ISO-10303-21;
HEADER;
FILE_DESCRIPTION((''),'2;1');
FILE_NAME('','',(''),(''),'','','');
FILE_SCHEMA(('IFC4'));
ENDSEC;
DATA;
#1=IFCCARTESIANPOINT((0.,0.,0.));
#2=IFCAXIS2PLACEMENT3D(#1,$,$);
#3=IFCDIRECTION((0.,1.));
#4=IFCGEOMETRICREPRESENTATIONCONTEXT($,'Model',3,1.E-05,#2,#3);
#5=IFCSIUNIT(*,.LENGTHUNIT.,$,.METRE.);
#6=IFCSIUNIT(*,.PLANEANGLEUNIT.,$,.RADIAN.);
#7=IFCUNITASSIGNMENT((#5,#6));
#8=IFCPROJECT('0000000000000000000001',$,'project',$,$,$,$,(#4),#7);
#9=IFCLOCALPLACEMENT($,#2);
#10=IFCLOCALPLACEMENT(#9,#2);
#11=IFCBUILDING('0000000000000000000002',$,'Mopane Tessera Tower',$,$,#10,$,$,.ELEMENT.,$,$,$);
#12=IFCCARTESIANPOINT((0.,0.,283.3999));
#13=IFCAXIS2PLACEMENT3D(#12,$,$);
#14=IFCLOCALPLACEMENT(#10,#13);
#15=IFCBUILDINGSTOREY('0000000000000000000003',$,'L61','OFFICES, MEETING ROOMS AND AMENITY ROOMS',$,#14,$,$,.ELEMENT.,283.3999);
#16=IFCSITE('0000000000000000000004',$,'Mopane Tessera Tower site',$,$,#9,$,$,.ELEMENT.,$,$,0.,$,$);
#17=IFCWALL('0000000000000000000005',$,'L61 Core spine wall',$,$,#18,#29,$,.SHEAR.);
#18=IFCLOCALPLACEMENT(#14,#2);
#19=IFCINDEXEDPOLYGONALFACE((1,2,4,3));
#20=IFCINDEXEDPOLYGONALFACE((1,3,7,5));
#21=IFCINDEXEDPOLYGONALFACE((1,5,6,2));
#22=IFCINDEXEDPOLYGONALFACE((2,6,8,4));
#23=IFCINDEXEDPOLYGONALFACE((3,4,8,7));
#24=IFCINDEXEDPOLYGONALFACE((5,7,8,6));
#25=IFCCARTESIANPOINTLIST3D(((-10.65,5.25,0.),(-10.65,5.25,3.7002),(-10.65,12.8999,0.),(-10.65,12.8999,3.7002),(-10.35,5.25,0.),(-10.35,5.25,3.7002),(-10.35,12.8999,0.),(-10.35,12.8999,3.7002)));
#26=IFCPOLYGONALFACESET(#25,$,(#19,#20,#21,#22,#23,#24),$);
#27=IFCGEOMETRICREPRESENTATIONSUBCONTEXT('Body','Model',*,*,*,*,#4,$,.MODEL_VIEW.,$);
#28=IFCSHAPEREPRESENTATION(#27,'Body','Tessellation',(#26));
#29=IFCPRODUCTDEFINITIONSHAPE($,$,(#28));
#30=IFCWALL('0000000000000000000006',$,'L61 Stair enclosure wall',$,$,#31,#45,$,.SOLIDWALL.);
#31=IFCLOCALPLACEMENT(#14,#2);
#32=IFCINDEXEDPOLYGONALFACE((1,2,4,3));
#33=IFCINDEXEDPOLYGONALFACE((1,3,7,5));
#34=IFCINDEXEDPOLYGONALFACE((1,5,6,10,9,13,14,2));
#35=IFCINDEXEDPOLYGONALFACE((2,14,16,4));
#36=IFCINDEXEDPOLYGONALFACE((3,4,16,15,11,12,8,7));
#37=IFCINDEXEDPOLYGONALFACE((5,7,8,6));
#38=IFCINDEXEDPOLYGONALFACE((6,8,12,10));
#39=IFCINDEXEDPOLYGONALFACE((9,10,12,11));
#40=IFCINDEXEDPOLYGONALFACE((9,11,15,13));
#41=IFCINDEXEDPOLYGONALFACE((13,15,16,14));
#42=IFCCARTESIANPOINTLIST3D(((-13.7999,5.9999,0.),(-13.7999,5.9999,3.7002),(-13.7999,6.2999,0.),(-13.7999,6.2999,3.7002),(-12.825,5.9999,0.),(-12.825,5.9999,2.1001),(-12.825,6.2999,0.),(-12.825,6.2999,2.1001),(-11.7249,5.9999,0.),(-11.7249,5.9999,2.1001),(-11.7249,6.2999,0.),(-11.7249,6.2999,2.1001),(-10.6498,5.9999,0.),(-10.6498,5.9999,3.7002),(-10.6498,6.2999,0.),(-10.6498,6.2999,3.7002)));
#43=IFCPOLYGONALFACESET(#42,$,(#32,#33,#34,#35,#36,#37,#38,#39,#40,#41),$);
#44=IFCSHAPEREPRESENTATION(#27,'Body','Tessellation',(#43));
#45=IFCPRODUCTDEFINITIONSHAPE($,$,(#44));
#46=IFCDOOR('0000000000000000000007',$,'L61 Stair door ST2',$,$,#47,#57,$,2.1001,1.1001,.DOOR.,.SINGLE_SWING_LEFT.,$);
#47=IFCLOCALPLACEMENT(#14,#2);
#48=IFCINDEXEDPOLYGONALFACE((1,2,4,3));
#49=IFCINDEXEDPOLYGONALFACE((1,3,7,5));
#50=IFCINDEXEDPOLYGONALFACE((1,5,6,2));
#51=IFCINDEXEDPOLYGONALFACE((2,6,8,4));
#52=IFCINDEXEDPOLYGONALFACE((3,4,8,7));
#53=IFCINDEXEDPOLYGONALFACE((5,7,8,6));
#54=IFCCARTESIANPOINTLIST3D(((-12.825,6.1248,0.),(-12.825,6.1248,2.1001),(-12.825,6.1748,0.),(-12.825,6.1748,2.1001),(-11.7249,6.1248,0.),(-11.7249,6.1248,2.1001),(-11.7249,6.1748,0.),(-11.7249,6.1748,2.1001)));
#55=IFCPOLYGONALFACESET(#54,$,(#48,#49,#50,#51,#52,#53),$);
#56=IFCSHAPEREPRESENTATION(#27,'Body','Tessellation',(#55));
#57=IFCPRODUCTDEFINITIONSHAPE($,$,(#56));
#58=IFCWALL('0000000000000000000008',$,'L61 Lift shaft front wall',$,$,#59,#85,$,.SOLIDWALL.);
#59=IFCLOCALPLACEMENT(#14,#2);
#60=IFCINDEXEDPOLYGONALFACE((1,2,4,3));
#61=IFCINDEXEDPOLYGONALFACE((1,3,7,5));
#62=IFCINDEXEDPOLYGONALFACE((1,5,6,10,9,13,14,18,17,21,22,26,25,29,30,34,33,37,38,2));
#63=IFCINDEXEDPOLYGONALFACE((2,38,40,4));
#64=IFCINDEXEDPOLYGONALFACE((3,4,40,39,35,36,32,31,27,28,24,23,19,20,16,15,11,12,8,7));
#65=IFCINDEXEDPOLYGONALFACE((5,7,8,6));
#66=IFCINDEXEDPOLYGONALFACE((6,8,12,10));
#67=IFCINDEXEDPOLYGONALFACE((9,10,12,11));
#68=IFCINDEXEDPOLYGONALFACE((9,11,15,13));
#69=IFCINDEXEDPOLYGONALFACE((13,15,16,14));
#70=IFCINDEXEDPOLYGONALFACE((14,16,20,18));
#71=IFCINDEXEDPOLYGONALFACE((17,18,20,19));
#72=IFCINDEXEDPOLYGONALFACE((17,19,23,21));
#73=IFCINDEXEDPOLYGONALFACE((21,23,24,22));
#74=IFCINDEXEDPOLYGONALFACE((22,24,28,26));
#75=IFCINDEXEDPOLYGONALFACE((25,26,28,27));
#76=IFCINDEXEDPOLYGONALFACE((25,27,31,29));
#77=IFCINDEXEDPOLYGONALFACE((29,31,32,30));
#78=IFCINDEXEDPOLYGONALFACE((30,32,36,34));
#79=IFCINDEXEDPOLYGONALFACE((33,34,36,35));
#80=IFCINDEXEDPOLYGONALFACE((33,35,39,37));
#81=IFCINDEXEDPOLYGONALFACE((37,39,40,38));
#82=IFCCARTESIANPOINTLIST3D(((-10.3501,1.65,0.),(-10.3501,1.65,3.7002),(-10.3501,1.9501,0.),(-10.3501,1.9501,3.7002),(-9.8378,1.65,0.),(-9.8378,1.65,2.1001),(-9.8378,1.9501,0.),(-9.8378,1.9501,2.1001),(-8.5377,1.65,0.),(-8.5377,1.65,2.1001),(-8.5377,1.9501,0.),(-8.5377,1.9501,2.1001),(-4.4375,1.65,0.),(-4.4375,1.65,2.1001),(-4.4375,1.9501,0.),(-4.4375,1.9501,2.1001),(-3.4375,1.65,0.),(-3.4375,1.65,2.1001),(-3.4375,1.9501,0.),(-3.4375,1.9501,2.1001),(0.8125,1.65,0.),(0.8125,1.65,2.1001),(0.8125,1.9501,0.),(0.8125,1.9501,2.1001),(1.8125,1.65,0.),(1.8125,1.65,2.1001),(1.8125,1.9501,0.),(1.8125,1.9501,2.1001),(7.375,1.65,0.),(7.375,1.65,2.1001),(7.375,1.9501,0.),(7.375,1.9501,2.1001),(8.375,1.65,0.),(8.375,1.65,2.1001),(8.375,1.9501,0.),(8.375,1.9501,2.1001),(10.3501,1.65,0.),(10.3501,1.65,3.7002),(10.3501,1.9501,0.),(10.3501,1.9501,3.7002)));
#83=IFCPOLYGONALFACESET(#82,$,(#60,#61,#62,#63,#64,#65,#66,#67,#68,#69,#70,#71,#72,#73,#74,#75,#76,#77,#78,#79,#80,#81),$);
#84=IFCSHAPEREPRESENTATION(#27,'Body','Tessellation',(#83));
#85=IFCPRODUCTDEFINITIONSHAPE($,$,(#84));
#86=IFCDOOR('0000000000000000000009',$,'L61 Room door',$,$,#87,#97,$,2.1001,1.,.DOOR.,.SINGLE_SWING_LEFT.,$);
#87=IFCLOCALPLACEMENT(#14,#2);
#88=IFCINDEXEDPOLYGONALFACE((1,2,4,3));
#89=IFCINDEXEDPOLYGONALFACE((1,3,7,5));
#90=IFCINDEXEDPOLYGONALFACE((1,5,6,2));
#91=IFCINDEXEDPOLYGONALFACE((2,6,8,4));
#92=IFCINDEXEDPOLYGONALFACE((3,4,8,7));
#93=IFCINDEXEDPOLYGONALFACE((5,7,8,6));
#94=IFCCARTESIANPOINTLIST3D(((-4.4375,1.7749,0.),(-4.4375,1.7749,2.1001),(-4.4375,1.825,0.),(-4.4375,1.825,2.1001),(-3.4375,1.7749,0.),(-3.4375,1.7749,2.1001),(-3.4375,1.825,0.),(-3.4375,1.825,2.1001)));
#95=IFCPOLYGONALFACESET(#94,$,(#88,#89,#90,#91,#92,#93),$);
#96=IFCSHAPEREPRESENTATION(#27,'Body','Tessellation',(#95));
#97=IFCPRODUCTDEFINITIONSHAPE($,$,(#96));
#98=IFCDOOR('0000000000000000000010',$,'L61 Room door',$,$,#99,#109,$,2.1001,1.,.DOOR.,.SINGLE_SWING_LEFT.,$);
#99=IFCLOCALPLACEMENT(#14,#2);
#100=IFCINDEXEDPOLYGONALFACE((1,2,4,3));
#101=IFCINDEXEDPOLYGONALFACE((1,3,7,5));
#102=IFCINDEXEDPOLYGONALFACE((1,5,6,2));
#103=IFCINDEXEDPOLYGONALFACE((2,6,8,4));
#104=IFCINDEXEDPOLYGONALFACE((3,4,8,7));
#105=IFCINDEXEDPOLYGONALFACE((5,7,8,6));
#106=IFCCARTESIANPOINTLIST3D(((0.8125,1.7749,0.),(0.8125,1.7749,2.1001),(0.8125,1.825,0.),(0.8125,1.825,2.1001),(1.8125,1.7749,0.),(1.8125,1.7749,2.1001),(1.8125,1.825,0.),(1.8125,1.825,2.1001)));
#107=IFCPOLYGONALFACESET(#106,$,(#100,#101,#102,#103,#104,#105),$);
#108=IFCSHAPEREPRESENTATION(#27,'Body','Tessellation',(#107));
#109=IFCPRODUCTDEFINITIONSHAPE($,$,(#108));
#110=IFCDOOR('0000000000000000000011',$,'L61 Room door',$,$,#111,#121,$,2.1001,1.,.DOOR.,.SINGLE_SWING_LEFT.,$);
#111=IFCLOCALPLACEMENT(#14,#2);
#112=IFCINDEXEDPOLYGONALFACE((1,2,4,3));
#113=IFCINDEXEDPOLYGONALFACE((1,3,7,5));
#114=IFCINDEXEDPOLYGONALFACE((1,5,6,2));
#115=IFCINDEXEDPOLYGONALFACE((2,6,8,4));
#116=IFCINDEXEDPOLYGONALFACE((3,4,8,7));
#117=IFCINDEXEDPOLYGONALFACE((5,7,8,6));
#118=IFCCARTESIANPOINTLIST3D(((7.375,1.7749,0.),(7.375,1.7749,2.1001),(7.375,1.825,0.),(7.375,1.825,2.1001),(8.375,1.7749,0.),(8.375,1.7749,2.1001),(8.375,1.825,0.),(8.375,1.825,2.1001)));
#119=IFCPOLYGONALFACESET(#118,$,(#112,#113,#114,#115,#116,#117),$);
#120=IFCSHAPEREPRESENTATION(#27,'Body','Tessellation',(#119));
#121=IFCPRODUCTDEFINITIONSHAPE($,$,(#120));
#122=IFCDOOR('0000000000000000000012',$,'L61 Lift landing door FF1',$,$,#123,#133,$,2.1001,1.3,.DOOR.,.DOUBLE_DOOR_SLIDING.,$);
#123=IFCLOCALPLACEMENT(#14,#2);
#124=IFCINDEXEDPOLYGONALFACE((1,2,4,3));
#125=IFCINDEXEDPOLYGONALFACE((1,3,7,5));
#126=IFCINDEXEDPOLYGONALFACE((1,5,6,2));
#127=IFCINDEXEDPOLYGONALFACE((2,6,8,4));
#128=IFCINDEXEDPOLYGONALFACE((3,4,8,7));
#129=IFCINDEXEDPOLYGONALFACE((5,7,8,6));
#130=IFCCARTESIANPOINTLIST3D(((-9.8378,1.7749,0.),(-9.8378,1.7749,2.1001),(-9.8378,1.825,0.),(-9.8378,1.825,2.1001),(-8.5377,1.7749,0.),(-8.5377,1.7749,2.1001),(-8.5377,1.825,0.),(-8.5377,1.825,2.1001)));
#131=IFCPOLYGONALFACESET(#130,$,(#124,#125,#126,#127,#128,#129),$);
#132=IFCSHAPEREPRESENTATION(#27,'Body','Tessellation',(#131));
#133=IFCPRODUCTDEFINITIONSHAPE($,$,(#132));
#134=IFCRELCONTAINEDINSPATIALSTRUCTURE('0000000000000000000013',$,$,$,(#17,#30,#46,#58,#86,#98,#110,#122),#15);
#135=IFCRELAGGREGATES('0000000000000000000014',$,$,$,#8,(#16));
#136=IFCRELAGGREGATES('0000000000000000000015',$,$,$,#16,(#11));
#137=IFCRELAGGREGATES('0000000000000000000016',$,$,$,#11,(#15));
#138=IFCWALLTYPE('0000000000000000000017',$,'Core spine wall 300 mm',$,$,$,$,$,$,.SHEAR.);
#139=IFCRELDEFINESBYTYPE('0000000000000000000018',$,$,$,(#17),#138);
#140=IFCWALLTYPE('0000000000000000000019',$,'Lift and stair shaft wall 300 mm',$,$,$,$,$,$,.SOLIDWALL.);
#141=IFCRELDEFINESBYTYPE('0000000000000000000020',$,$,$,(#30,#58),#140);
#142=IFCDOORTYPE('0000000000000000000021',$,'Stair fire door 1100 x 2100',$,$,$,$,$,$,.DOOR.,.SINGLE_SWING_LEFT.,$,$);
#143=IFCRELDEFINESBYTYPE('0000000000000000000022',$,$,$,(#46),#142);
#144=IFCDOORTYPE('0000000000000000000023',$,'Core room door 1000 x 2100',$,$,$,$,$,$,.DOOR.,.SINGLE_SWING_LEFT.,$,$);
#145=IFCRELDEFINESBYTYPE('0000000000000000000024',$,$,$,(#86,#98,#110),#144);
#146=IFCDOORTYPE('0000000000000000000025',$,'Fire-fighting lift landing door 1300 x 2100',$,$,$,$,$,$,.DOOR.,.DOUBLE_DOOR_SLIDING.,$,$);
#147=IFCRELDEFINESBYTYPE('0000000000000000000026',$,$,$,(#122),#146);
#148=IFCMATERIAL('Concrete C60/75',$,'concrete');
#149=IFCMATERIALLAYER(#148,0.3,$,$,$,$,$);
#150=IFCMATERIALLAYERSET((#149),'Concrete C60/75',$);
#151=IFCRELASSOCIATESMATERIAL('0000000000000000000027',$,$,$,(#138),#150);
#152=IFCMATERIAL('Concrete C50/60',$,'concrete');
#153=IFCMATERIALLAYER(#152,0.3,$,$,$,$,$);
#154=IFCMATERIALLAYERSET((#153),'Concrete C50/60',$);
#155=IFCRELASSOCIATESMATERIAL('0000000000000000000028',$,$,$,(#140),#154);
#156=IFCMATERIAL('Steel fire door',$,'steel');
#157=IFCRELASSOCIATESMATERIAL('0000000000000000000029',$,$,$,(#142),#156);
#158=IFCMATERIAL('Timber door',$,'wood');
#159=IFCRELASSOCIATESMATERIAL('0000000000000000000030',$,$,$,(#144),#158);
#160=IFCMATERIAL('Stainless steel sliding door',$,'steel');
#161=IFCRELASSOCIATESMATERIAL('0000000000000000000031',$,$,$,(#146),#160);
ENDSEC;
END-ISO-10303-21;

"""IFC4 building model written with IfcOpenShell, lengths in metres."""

from ifc_helpers import new_model, si_unit, direction, frame, frame_2d, origin, place, context, subcontext, project, spatial, rectangle, extrude, material, layer, layer_set, type_object, element, fill, save


model = new_model("IFC4")

# Units and contexts
model_context = context("Model", 3, precision=1e-05, world=origin(), true_north=direction((0.0, 1.0)))
body_context = subcontext(model_context, "Body", "Model", "MODEL_VIEW")
ifc_project = project(units=[si_unit("LENGTHUNIT", "METRE"), si_unit("PLANEANGLEUNIT", "RADIAN")], contexts=[model_context])

# Site, building, storey
site_placement = place(None, origin())
site = spatial("IfcSite", under=ifc_project, at=site_placement, Name="Mopane Tessera Tower site", CompositionType="ELEMENT", RefElevation=0.0)
building_placement = place(site_placement, origin())
building = spatial("IfcBuilding", under=site, at=building_placement, Name="Mopane Tessera Tower", CompositionType="ELEMENT")
storey_placement = place(building_placement, frame((0.0, 0.0, 283.3999)))
storey = spatial("IfcBuildingStorey", under=building, at=storey_placement, Name="L61", Description="OFFICES, MEETING ROOMS AND AMENITY ROOMS", CompositionType="ELEMENT", Elevation=283.3999)

# Wall
ifc_material_1 = material(Name="Concrete C60/75", Category="concrete")
ifc_layer_1 = layer(ifc_material_1, 0.3)
ifc_layer_set_1 = layer_set([ifc_layer_1], Name="Concrete C60/75")
wall_type_1 = type_object("IfcWallType", Name="Core spine wall 300 mm", PredefinedType="SHEAR", material=ifc_layer_set_1)
wall_1_placement = place(storey_placement, frame((-10.5, 5.25, 0.0), z_axis=(0.0, 0.0, 1.0), x_axis=(0.0, 1.0, 0.0)))
element("IfcWall", 1, at=wall_1_placement, inside=storey, type_object=wall_type_1, Name="L61 Core spine wall", PredefinedType="SHEAR", context=body_context, shape_type="SweptSolid", body=[
    extrude(rectangle(XDim=7.6499, YDim=0.3, at=frame_2d((3.825, 0.0))), origin(), (0.0, 0.0, 1.0), 3.7002),
])

# Wall, opening, door
ifc_material_2 = material(Name="Concrete C50/60", Category="concrete")
ifc_layer_2 = layer(ifc_material_2, 0.3)
ifc_layer_set_2 = layer_set([ifc_layer_2], Name="Concrete C50/60")
wall_type_2 = type_object("IfcWallType", Name="Lift and stair shaft wall 300 mm", PredefinedType="SOLIDWALL", material=ifc_layer_set_2)
wall_2_placement = place(storey_placement, frame((-13.8, 6.1499, 0.0), z_axis=(0.0, 0.0, 1.0), x_axis=(1.0, 0.0, 0.0)))
wall_2 = element("IfcWall", 2, at=wall_2_placement, inside=storey, type_object=wall_type_2, Name="L61 Stair enclosure wall", PredefinedType="SOLIDWALL", context=body_context, shape_type="SweptSolid", body=[
    extrude(rectangle(XDim=3.1501, YDim=0.3, at=frame_2d((1.5752, 0.0))), origin(), (0.0, 0.0, 1.0), 3.7002),
])
opening_1_placement = place(wall_2_placement, frame((0.9751, 0.0, 0.0)))
opening_1 = element("IfcOpeningElement", 3, at=opening_1_placement, cuts=wall_2, PredefinedType="OPENING", context=body_context, shape_type="SweptSolid", body=[
    extrude(rectangle(XDim=1.1001, YDim=2.1001, at=frame_2d((0.55, 1.05))), frame((0.0, 0.1621, 0.0), z_axis=(0.0, -1.0, 0.0), x_axis=(1.0, 0.0, 0.0)), (0.0, 0.0, 1.0), 0.324),
])
ifc_material_3 = material(Name="Steel fire door", Category="steel")
door_type_1 = type_object("IfcDoorType", Name="Stair fire door 1100 x 2100", OperationType="SINGLE_SWING_LEFT", PredefinedType="DOOR", material=ifc_material_3)
door_1_placement = place(opening_1_placement, origin())
door_1 = element("IfcDoor", 4, at=door_1_placement, inside=storey, type_object=door_type_1, Name="L61 Stair door ST2", OperationType="SINGLE_SWING_LEFT", OverallHeight=2.1001, OverallWidth=1.1001, PredefinedType="DOOR", context=body_context, shape_type="SweptSolid", body=[
    extrude(rectangle(XDim=1.1001, YDim=2.1001, at=frame_2d((0.55, 1.05))), frame((0.0, 0.0249, 0.0), z_axis=(0.0, -1.0, 0.0), x_axis=(1.0, 0.0, 0.0)), (0.0, 0.0, 1.0), 0.05),
])
fill(opening_1, door_1)

# Wall, openings, doors
wall_3_placement = place(storey_placement, frame((-10.3501, 1.8, 0.0), z_axis=(0.0, 0.0, 1.0), x_axis=(1.0, 0.0, 0.0)))
wall_3 = element("IfcWall", 5, at=wall_3_placement, inside=storey, type_object=wall_type_2, Name="L61 Lift shaft front wall", PredefinedType="SOLIDWALL", context=body_context, shape_type="SweptSolid", body=[
    extrude(rectangle(XDim=20.7002, YDim=0.3, at=frame_2d((10.3501, 0.0))), origin(), (0.0, 0.0, 1.0), 3.7002),
])
opening_2_placement = place(wall_3_placement, frame((0.5125, 0.0, 0.0)))
opening_2 = element("IfcOpeningElement", 6, at=opening_2_placement, cuts=wall_3, PredefinedType="OPENING", context=body_context, shape_type="SweptSolid", body=[
    extrude(rectangle(XDim=1.3, YDim=2.1001, at=frame_2d((0.6499, 1.05))), frame((0.0, 0.1621, 0.0), z_axis=(0.0, -1.0, 0.0), x_axis=(1.0, 0.0, 0.0)), (0.0, 0.0, 1.0), 0.324),
])
opening_3_placement = place(wall_3_placement, frame((5.9126, 0.0, 0.0)))
opening_3 = element("IfcOpeningElement", 7, at=opening_3_placement, cuts=wall_3, PredefinedType="OPENING", context=body_context, shape_type="SweptSolid", body=[
    extrude(rectangle(XDim=1.0, YDim=2.1001, at=frame_2d((0.5, 1.05))), frame((0.0, 0.1621, 0.0), z_axis=(0.0, -1.0, 0.0), x_axis=(1.0, 0.0, 0.0)), (0.0, 0.0, 1.0), 0.324),
])
opening_4_placement = place(wall_3_placement, frame((11.1626, 0.0, 0.0)))
opening_4 = element("IfcOpeningElement", 8, at=opening_4_placement, cuts=wall_3, PredefinedType="OPENING", context=body_context, shape_type="SweptSolid", body=[
    extrude(rectangle(XDim=1.0, YDim=2.1001, at=frame_2d((0.5, 1.05))), frame((0.0, 0.1621, 0.0), z_axis=(0.0, -1.0, 0.0), x_axis=(1.0, 0.0, 0.0)), (0.0, 0.0, 1.0), 0.324),
])
opening_5_placement = place(wall_3_placement, frame((17.7251, 0.0, 0.0)))
opening_5 = element("IfcOpeningElement", 9, at=opening_5_placement, cuts=wall_3, PredefinedType="OPENING", context=body_context, shape_type="SweptSolid", body=[
    extrude(rectangle(XDim=1.0, YDim=2.1001, at=frame_2d((0.5, 1.05))), frame((0.0, 0.1621, 0.0), z_axis=(0.0, -1.0, 0.0), x_axis=(1.0, 0.0, 0.0)), (0.0, 0.0, 1.0), 0.324),
])
ifc_material_4 = material(Name="Timber door", Category="wood")
door_type_2 = type_object("IfcDoorType", Name="Core room door 1000 x 2100", OperationType="SINGLE_SWING_LEFT", PredefinedType="DOOR", material=ifc_material_4)
door_2_placement = place(opening_3_placement, origin())
door_2 = element("IfcDoor", 10, at=door_2_placement, inside=storey, type_object=door_type_2, Name="L61 Room door", OperationType="SINGLE_SWING_LEFT", OverallHeight=2.1001, OverallWidth=1.0, PredefinedType="DOOR", context=body_context, shape_type="SweptSolid", body=[
    extrude(rectangle(XDim=1.0, YDim=2.1001, at=frame_2d((0.5, 1.05))), frame((0.0, 0.0249, 0.0), z_axis=(0.0, -1.0, 0.0), x_axis=(1.0, 0.0, 0.0)), (0.0, 0.0, 1.0), 0.05),
])
fill(opening_3, door_2)
door_3_placement = place(opening_4_placement, origin())
door_3 = element("IfcDoor", 11, at=door_3_placement, inside=storey, type_object=door_type_2, Name="L61 Room door", OperationType="SINGLE_SWING_LEFT", OverallHeight=2.1001, OverallWidth=1.0, PredefinedType="DOOR", context=body_context, shape_type="SweptSolid", body=[
    extrude(rectangle(XDim=1.0, YDim=2.1001, at=frame_2d((0.5, 1.05))), frame((0.0, 0.0249, 0.0), z_axis=(0.0, -1.0, 0.0), x_axis=(1.0, 0.0, 0.0)), (0.0, 0.0, 1.0), 0.05),
])
fill(opening_4, door_3)
door_4_placement = place(opening_5_placement, origin())
door_4 = element("IfcDoor", 12, at=door_4_placement, inside=storey, type_object=door_type_2, Name="L61 Room door", OperationType="SINGLE_SWING_LEFT", OverallHeight=2.1001, OverallWidth=1.0, PredefinedType="DOOR", context=body_context, shape_type="SweptSolid", body=[
    extrude(rectangle(XDim=1.0, YDim=2.1001, at=frame_2d((0.5, 1.05))), frame((0.0, 0.0249, 0.0), z_axis=(0.0, -1.0, 0.0), x_axis=(1.0, 0.0, 0.0)), (0.0, 0.0, 1.0), 0.05),
])
fill(opening_5, door_4)
ifc_material_5 = material(Name="Stainless steel sliding door", Category="steel")
door_type_3 = type_object("IfcDoorType", Name="Fire-fighting lift landing door 1300 x 2100", OperationType="DOUBLE_DOOR_SLIDING", PredefinedType="DOOR", material=ifc_material_5)
door_5_placement = place(opening_2_placement, origin())
door_5 = element("IfcDoor", 13, at=door_5_placement, inside=storey, type_object=door_type_3, Name="L61 Lift landing door FF1", OperationType="DOUBLE_DOOR_SLIDING", OverallHeight=2.1001, OverallWidth=1.3, PredefinedType="DOOR", context=body_context, shape_type="SweptSolid", body=[
    extrude(rectangle(XDim=1.3, YDim=2.1001, at=frame_2d((0.6499, 1.05))), frame((0.0, 0.0249, 0.0), z_axis=(0.0, -1.0, 0.0), x_axis=(1.0, 0.0, 0.0)), (0.0, 0.0, 1.0), 0.05),
])
fill(opening_2, door_5)

save(model, "model.ifc")
